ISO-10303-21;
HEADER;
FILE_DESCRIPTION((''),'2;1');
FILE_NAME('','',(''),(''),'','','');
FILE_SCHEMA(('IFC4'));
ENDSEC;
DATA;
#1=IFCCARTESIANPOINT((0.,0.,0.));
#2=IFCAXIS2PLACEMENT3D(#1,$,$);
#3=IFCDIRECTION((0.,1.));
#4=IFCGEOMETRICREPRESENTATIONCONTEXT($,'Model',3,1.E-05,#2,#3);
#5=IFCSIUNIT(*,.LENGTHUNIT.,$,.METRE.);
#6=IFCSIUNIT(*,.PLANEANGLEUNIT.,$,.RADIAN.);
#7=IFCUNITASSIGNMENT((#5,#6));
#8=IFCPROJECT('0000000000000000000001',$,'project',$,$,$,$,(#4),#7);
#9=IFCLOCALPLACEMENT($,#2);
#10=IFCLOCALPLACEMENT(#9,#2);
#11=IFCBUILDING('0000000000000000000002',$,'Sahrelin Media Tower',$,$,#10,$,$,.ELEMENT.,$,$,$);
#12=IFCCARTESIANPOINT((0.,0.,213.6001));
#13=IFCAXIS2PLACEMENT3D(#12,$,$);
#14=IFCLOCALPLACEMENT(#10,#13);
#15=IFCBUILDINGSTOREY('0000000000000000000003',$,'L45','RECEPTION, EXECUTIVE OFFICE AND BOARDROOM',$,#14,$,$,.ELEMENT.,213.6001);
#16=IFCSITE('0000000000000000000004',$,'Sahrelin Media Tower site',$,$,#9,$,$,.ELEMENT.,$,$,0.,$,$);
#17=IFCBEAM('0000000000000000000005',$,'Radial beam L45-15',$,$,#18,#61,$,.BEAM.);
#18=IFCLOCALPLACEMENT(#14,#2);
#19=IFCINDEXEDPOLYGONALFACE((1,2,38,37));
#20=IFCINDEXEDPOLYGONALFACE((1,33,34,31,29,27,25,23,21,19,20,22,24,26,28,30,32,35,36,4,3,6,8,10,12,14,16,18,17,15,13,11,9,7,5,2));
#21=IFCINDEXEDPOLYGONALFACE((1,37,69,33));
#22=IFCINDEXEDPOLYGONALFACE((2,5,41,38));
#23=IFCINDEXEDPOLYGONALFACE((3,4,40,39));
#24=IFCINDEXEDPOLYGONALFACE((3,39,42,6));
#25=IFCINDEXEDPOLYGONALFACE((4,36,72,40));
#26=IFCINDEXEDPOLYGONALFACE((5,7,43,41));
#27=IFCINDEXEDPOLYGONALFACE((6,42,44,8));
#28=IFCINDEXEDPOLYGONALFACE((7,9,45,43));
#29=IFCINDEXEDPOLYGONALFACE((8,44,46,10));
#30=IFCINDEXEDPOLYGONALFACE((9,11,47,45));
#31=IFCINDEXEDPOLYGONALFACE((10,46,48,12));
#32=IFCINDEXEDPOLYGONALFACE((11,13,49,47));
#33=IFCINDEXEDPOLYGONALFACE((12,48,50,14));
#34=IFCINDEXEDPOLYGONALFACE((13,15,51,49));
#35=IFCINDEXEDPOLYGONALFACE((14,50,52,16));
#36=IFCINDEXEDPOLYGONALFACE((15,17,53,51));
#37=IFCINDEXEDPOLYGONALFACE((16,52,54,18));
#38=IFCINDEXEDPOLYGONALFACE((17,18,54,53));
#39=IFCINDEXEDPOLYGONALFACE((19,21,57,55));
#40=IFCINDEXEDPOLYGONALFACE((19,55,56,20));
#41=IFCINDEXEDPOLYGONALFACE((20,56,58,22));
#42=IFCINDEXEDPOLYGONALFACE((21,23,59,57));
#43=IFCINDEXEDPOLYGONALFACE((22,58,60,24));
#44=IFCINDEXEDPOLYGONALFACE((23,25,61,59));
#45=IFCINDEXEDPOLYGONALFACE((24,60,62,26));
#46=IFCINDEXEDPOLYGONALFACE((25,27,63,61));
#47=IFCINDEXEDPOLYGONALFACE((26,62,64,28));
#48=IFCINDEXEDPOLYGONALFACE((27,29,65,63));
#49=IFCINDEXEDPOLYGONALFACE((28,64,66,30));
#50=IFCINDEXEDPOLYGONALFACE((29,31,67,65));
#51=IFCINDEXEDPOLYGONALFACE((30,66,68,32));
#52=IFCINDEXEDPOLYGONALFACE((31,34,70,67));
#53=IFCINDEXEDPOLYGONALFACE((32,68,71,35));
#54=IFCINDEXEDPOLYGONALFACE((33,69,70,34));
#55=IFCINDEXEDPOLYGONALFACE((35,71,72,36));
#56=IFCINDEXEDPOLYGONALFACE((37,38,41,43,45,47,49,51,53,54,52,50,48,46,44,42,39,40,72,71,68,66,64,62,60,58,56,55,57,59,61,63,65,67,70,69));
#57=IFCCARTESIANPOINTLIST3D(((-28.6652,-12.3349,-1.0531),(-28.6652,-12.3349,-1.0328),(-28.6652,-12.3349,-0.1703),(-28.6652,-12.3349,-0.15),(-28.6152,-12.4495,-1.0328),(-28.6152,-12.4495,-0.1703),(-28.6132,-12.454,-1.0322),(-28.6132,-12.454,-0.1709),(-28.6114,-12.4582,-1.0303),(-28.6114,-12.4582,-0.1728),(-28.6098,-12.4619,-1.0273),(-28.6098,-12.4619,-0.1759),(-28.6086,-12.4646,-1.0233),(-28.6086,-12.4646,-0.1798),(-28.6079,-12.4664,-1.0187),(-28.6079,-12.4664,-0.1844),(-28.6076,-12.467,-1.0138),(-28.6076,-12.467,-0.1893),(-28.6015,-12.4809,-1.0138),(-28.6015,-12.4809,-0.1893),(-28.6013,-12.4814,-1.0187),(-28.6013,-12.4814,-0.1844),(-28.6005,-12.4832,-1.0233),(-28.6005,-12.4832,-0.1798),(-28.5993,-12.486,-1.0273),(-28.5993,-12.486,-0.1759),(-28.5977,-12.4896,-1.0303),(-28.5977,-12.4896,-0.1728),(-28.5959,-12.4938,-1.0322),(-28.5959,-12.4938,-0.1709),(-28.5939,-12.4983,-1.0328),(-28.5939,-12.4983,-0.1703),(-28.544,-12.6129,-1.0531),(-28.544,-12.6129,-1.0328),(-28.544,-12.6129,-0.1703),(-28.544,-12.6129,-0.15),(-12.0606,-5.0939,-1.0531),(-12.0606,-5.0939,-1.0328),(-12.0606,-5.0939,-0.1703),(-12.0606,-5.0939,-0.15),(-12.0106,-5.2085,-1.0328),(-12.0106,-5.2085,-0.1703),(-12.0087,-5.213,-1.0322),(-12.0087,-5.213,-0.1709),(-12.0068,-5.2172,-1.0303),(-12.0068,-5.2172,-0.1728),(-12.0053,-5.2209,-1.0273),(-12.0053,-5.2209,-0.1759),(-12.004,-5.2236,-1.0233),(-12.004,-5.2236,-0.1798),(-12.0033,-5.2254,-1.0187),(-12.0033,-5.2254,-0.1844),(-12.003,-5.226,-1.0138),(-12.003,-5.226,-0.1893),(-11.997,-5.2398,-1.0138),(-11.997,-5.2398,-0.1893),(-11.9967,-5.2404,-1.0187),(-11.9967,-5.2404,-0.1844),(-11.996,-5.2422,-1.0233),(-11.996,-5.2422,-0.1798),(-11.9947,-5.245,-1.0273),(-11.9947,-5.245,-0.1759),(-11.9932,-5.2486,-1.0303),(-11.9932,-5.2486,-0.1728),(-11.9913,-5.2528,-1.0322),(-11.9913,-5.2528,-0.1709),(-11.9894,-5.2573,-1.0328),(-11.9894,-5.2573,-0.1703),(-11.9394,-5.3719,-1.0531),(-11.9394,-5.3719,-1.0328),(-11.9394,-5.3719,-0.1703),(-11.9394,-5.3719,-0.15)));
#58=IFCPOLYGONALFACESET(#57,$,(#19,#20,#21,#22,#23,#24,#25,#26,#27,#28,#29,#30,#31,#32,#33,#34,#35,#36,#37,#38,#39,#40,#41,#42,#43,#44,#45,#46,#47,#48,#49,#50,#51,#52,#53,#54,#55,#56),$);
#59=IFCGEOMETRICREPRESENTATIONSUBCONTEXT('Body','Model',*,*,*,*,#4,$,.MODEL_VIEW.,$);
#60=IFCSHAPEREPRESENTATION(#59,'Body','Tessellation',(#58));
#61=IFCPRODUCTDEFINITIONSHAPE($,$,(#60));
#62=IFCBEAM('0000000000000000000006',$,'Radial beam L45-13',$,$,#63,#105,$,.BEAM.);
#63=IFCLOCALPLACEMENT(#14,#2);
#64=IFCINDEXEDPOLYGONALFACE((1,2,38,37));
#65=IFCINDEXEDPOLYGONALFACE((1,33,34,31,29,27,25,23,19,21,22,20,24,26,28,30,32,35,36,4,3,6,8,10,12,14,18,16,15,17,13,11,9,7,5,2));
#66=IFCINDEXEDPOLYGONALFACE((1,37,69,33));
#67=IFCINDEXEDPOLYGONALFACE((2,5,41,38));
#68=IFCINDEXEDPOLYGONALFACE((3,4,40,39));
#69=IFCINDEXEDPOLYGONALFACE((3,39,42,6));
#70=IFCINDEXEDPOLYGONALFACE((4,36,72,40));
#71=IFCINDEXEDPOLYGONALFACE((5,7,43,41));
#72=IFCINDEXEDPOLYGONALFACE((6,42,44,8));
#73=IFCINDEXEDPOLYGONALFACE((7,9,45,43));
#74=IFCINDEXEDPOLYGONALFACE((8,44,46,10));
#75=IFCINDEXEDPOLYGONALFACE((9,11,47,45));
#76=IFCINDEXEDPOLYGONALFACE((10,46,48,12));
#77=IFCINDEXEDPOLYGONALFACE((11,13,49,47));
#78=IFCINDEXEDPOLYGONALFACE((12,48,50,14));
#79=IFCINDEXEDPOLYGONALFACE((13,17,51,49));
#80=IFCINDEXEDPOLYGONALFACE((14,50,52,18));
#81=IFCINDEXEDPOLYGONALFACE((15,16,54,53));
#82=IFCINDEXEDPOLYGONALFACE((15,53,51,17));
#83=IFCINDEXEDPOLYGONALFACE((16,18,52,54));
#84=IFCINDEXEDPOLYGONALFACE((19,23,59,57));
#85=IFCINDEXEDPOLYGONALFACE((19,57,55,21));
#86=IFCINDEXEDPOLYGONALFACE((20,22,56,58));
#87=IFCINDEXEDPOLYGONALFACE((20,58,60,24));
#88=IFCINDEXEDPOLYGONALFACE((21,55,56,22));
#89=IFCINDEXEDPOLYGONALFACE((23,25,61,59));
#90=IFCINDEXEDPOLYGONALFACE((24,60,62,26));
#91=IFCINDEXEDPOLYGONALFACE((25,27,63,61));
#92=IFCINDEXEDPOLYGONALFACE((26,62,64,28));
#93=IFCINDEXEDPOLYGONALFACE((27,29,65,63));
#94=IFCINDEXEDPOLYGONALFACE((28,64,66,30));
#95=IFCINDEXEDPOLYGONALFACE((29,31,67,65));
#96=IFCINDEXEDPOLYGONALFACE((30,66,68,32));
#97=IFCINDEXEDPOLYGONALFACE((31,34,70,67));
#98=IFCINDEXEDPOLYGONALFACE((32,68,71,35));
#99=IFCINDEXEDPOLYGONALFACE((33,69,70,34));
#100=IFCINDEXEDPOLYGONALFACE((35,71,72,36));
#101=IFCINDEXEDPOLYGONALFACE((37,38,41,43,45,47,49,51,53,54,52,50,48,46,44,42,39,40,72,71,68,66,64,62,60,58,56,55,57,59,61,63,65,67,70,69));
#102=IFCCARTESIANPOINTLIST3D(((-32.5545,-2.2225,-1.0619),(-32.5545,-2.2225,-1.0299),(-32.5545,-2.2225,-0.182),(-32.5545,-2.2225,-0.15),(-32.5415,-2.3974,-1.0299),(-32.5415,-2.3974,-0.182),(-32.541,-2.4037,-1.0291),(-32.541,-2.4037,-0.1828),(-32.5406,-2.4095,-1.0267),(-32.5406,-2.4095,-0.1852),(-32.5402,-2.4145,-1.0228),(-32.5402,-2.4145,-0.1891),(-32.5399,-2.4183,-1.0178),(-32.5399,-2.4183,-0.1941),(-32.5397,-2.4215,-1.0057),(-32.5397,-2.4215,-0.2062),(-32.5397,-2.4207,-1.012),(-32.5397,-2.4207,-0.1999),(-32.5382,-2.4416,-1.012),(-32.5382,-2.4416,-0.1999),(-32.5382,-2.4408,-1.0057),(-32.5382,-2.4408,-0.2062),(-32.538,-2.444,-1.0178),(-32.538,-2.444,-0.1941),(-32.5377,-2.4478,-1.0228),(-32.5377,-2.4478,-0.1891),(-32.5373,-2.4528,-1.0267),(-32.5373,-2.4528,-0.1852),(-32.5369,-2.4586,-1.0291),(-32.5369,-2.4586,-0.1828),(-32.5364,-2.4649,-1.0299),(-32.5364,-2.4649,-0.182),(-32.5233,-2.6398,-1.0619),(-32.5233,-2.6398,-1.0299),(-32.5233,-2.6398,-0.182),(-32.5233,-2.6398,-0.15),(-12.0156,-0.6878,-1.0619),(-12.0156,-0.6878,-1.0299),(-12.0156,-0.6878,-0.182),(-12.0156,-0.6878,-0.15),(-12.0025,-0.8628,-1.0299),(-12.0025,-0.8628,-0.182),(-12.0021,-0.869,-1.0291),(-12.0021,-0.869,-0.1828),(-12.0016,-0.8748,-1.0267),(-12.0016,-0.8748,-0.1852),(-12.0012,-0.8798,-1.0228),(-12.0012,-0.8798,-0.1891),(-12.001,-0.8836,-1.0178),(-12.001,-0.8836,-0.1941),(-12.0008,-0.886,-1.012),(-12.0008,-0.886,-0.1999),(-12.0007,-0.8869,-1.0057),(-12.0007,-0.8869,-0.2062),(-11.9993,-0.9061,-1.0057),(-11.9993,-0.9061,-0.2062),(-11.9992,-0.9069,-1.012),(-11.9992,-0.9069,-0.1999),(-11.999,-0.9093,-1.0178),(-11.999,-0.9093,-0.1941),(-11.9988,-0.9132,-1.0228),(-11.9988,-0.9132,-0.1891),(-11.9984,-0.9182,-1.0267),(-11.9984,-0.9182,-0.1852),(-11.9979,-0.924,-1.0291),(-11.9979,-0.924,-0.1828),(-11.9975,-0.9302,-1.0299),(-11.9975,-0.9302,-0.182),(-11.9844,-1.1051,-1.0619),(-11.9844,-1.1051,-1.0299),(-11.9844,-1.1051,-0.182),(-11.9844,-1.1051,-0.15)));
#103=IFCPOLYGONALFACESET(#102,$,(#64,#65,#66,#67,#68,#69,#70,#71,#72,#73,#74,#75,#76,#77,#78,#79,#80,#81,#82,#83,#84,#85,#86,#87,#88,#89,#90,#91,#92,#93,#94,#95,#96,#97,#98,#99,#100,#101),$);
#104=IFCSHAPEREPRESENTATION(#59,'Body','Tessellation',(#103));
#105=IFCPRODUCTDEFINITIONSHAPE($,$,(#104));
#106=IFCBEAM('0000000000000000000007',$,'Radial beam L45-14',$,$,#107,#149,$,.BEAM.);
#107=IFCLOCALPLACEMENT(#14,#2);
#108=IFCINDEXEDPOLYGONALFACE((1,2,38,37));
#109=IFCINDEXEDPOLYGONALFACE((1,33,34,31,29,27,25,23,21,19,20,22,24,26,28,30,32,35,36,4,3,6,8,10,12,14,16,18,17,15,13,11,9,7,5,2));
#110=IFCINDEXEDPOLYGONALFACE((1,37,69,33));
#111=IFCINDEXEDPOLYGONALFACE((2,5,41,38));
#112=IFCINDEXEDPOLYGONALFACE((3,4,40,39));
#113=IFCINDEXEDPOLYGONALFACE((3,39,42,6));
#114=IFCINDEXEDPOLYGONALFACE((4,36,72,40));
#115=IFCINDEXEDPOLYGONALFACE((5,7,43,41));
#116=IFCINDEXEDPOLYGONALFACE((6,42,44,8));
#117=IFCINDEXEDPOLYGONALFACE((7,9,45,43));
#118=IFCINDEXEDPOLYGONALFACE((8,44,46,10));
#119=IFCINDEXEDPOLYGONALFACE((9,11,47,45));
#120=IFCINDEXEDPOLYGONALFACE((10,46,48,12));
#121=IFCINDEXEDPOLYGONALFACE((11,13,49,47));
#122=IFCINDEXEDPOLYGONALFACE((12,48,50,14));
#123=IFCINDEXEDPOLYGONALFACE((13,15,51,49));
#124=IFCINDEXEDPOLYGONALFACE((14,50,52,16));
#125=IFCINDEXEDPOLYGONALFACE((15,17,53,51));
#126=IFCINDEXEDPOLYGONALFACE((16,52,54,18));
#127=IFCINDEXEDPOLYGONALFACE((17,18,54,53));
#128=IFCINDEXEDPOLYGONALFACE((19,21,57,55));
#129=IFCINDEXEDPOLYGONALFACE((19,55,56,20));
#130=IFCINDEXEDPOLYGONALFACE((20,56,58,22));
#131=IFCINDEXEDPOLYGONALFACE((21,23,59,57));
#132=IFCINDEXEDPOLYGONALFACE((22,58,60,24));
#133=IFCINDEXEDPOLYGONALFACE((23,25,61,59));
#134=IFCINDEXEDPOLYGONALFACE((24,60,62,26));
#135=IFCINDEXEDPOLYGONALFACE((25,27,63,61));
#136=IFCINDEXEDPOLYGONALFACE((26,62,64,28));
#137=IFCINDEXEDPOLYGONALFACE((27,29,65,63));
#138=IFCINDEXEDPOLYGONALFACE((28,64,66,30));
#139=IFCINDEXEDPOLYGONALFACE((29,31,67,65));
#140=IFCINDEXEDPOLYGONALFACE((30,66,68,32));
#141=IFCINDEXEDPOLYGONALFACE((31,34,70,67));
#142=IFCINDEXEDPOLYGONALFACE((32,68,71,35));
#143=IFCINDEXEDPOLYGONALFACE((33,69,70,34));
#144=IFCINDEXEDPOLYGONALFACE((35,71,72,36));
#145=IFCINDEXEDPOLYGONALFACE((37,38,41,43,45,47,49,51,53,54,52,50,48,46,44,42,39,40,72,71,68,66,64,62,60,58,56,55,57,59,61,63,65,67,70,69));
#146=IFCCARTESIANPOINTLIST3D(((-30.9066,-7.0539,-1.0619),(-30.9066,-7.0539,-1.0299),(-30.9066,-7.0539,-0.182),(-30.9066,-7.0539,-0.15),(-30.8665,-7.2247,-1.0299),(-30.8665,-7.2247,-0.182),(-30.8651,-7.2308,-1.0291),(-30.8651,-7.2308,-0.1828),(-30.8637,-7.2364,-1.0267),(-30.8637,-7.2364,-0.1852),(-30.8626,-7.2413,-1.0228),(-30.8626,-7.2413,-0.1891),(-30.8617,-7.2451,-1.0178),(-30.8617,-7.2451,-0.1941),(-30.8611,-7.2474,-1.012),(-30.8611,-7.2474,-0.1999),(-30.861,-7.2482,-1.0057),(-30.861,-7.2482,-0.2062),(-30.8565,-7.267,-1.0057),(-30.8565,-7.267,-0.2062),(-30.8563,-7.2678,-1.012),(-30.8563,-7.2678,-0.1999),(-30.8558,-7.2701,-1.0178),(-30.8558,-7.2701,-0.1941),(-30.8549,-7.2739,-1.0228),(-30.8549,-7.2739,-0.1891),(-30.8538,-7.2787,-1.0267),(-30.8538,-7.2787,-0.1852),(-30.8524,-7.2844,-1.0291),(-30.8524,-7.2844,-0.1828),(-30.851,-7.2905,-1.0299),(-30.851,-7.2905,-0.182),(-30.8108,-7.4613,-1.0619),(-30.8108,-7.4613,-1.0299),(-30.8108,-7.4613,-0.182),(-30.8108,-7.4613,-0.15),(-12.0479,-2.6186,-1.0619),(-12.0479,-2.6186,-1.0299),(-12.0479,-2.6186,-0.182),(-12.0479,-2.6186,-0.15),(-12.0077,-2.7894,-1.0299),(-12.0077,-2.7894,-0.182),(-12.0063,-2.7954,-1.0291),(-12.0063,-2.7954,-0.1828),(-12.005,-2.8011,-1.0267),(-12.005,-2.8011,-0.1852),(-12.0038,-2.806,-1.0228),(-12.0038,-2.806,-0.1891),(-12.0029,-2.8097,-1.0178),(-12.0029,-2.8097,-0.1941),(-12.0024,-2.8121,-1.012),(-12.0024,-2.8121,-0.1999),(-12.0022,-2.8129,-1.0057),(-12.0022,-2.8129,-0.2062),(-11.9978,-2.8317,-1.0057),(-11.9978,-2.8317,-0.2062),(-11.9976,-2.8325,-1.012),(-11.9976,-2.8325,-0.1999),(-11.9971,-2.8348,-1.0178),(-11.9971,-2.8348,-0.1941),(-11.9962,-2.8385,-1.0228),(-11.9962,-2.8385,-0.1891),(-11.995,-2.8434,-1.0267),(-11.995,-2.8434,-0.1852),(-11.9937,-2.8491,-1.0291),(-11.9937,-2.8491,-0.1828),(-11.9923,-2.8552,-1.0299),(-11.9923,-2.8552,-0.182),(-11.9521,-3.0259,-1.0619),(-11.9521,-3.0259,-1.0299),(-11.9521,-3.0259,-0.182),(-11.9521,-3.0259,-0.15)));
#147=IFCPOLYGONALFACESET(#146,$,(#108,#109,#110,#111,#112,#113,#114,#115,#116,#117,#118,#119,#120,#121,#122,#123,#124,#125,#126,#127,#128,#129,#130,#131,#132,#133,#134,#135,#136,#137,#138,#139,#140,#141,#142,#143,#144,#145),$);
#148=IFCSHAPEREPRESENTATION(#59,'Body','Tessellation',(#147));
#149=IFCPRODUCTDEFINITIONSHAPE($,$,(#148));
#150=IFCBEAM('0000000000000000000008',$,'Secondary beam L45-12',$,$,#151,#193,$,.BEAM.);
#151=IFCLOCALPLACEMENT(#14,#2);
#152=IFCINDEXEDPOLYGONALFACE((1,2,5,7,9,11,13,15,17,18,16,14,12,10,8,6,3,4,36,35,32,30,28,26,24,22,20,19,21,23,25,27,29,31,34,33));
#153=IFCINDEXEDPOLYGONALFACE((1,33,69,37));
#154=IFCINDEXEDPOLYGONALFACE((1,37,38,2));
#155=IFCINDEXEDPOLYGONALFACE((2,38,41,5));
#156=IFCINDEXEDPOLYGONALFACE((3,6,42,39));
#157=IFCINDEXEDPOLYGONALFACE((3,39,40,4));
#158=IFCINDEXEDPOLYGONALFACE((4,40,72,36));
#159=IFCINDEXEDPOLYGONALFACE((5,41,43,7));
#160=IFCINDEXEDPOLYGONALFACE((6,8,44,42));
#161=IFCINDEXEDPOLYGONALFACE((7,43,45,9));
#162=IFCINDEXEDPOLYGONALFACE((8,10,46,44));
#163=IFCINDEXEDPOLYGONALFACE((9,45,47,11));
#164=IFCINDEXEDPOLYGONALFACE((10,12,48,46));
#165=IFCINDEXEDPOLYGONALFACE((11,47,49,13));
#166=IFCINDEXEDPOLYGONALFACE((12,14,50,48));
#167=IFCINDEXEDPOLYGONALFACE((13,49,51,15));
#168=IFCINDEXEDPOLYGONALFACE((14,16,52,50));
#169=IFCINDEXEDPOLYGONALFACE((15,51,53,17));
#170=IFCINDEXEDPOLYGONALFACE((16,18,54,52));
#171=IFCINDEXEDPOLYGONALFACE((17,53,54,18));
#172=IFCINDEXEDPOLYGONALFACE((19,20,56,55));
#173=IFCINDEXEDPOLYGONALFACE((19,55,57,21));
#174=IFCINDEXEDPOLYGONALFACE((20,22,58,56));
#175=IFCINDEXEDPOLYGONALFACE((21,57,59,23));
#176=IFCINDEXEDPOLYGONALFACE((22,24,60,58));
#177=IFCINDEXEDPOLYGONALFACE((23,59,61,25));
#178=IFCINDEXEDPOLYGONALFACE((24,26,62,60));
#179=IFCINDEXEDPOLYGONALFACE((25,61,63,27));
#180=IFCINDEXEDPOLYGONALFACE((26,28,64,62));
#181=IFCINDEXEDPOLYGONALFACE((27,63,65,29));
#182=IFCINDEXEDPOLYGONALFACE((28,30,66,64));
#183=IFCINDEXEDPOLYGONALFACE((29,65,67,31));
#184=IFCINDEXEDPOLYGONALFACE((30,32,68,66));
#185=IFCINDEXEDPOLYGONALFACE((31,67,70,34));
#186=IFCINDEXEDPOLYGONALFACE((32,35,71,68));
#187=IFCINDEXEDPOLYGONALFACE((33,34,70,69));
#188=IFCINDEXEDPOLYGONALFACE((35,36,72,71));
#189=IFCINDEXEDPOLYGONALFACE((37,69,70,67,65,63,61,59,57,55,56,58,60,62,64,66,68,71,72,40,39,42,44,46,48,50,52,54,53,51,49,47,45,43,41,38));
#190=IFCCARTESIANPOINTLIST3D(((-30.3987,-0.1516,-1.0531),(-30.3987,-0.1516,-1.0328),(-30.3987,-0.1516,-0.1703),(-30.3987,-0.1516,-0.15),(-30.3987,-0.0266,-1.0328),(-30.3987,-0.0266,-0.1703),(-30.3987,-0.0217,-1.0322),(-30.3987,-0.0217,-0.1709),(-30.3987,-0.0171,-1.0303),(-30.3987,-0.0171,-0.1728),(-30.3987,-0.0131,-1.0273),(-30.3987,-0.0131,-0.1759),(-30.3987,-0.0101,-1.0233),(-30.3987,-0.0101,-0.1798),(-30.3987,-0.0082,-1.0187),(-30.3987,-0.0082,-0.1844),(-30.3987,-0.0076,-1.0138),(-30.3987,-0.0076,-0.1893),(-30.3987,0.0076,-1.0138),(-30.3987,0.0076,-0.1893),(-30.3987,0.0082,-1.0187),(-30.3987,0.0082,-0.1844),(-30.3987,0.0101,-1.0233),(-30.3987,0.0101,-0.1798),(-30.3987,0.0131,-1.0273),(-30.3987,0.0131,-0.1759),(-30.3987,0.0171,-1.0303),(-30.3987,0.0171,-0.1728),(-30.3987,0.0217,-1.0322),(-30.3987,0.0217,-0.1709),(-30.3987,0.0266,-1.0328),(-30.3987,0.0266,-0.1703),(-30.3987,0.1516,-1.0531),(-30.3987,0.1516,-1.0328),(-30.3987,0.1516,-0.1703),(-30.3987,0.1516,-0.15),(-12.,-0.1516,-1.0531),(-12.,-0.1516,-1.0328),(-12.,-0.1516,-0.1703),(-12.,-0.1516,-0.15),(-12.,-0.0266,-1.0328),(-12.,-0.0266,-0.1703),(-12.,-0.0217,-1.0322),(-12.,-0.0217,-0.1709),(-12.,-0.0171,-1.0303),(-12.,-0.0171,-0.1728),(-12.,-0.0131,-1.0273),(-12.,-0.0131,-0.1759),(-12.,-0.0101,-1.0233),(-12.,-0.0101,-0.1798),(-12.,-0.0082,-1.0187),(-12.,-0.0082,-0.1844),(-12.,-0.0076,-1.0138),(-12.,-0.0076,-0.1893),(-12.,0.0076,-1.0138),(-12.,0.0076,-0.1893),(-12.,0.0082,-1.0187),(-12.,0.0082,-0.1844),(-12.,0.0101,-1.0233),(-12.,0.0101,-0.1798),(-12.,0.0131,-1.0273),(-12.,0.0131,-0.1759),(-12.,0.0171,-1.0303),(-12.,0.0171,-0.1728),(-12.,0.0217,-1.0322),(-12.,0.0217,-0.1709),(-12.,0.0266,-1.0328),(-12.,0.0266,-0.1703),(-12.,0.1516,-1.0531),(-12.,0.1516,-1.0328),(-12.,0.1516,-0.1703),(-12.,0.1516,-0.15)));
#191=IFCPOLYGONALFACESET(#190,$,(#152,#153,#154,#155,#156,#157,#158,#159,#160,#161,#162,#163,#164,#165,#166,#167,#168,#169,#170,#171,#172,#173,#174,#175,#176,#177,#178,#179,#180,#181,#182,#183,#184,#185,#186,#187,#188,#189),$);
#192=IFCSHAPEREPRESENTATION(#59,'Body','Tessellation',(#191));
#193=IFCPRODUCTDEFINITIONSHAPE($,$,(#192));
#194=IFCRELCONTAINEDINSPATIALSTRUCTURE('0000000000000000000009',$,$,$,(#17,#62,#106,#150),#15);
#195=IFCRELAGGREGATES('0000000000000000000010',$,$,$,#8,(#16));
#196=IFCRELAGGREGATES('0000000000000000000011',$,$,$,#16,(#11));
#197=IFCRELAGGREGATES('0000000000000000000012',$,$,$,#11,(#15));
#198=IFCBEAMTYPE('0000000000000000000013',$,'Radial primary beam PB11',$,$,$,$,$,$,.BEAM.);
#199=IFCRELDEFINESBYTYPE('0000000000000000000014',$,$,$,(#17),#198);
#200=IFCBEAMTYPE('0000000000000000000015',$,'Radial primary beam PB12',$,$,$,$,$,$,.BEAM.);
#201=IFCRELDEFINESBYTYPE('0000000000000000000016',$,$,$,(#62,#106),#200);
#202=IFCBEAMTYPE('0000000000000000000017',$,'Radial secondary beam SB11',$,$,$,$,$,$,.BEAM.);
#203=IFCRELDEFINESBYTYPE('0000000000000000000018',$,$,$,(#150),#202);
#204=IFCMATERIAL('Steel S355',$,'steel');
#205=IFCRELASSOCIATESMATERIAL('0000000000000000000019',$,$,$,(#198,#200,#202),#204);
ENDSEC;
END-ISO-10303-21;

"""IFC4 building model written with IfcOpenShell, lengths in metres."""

from ifc_helpers import new_model, si_unit, direction, frame, origin, origin_2d, place, context, subcontext, project, spatial, i_section, extrude, material, material_profile, profile_set, type_object, element, save


model = new_model("IFC4")

# Units and contexts
model_context = context("Model", 3, precision=1e-05, world=origin(), true_north=direction((0.0, 1.0)))
body_context = subcontext(model_context, "Body", "Model", "MODEL_VIEW")
ifc_project = project(units=[si_unit("LENGTHUNIT", "METRE"), si_unit("PLANEANGLEUNIT", "RADIAN")], contexts=[model_context])

# Site, building, storey
site_placement = place(None, origin())
site = spatial("IfcSite", under=ifc_project, at=site_placement, Name="Sahrelin Media Tower site", CompositionType="ELEMENT", RefElevation=0.0)
building_placement = place(site_placement, origin())
building = spatial("IfcBuilding", under=site, at=building_placement, Name="Sahrelin Media Tower", CompositionType="ELEMENT")
storey_placement = place(building_placement, frame((0.0, 0.0, 213.6001)))
storey = spatial("IfcBuildingStorey", under=building, at=storey_placement, Name="L45", Description="RECEPTION, EXECUTIVE OFFICE AND BOARDROOM", CompositionType="ELEMENT", Elevation=213.6001)

# Beams
ifc_material_1 = material(Name="Steel S355", Category="steel")
ifc_material_profile_1 = material_profile(ifc_material_1, i_section(OverallWidth=0.3032, OverallDepth=0.9031, WebThickness=0.0151, FlangeThickness=0.0203, FilletRadius=0.019, at=origin_2d()), Name="UB 914x305x201")
ifc_profile_set_1 = profile_set([ifc_material_profile_1], Name="Steel S355")
beam_type_1 = type_object("IfcBeamType", Name="Radial primary beam PB11", PredefinedType="BEAM", material=ifc_profile_set_1)
beam_1_placement = place(storey_placement, frame((-12.0, -5.2329, -0.6016), z_axis=(-0.916633, -0.39973, 0.0), x_axis=(0.39973, -0.916633, 0.0)))
element("IfcBeam", 1, at=beam_1_placement, inside=storey, type_object=beam_type_1, Name="Radial beam L45-15", PredefinedType="BEAM", context=body_context, shape_type="SweptSolid", body=[
    extrude(i_section(OverallWidth=0.3032, OverallDepth=0.9031, WebThickness=0.0151, FlangeThickness=0.0203, FilletRadius=0.019, at=origin_2d()), origin(), (0.0, 0.0, 1.0), 18.1147),
])
ifc_material_profile_2 = material_profile(ifc_material_1, i_section(OverallWidth=0.4185, OverallDepth=0.9119, WebThickness=0.0193, FlangeThickness=0.032, FilletRadius=0.0242, at=origin_2d()), Name="UB 914x419x343")
ifc_profile_set_2 = profile_set([ifc_material_profile_2], Name="Steel S355")
beam_type_2 = type_object("IfcBeamType", Name="Radial primary beam PB12", PredefinedType="BEAM", material=ifc_profile_set_2)
beam_2_placement = place(storey_placement, frame((-12.0, -0.8965, -0.606), z_axis=(-0.99722, -0.074513, 0.0), x_axis=(0.074513, -0.99722, 0.0)))
element("IfcBeam", 2, at=beam_2_placement, inside=storey, type_object=beam_type_2, Name="Radial beam L45-13", PredefinedType="BEAM", context=body_context, shape_type="SweptSolid", body=[
    extrude(i_section(OverallWidth=0.4185, OverallDepth=0.9119, WebThickness=0.0193, FlangeThickness=0.032, FilletRadius=0.0242, at=origin_2d()), origin(), (0.0, 0.0, 1.0), 20.5962),
])
beam_3_placement = place(storey_placement, frame((-12.0, -2.8223, -0.606), z_axis=(-0.97344, -0.22894, 0.0), x_axis=(0.22894, -0.97344, 0.0)))
element("IfcBeam", 3, at=beam_3_placement, inside=storey, type_object=beam_type_2, Name="Radial beam L45-14", PredefinedType="BEAM", context=body_context, shape_type="SweptSolid", body=[
    extrude(i_section(OverallWidth=0.4185, OverallDepth=0.9119, WebThickness=0.0193, FlangeThickness=0.032, FilletRadius=0.0242, at=origin_2d()), origin(), (0.0, 0.0, 1.0), 19.3733),
])
ifc_material_profile_3 = material_profile(ifc_material_1, i_section(OverallWidth=0.3032, OverallDepth=0.9031, WebThickness=0.0151, FlangeThickness=0.0203, FilletRadius=0.019, at=origin_2d()), Name="UB 914x305x201")
ifc_profile_set_3 = profile_set([ifc_material_profile_3], Name="Steel S355")
beam_type_3 = type_object("IfcBeamType", Name="Radial secondary beam SB11", PredefinedType="BEAM", material=ifc_profile_set_3)
beam_4_placement = place(storey_placement, frame((-12.0, 0.0, -0.6016), z_axis=(-1.0, 0.0, 0.0), x_axis=(0.0, -1.0, 0.0)))
element("IfcBeam", 4, at=beam_4_placement, inside=storey, type_object=beam_type_3, Name="Secondary beam L45-12", PredefinedType="BEAM", context=body_context, shape_type="SweptSolid", body=[
    extrude(i_section(OverallWidth=0.3032, OverallDepth=0.9031, WebThickness=0.0151, FlangeThickness=0.0203, FilletRadius=0.019, at=origin_2d()), origin(), (0.0, 0.0, 1.0), 18.3987),
])

save(model, "model.ifc")
